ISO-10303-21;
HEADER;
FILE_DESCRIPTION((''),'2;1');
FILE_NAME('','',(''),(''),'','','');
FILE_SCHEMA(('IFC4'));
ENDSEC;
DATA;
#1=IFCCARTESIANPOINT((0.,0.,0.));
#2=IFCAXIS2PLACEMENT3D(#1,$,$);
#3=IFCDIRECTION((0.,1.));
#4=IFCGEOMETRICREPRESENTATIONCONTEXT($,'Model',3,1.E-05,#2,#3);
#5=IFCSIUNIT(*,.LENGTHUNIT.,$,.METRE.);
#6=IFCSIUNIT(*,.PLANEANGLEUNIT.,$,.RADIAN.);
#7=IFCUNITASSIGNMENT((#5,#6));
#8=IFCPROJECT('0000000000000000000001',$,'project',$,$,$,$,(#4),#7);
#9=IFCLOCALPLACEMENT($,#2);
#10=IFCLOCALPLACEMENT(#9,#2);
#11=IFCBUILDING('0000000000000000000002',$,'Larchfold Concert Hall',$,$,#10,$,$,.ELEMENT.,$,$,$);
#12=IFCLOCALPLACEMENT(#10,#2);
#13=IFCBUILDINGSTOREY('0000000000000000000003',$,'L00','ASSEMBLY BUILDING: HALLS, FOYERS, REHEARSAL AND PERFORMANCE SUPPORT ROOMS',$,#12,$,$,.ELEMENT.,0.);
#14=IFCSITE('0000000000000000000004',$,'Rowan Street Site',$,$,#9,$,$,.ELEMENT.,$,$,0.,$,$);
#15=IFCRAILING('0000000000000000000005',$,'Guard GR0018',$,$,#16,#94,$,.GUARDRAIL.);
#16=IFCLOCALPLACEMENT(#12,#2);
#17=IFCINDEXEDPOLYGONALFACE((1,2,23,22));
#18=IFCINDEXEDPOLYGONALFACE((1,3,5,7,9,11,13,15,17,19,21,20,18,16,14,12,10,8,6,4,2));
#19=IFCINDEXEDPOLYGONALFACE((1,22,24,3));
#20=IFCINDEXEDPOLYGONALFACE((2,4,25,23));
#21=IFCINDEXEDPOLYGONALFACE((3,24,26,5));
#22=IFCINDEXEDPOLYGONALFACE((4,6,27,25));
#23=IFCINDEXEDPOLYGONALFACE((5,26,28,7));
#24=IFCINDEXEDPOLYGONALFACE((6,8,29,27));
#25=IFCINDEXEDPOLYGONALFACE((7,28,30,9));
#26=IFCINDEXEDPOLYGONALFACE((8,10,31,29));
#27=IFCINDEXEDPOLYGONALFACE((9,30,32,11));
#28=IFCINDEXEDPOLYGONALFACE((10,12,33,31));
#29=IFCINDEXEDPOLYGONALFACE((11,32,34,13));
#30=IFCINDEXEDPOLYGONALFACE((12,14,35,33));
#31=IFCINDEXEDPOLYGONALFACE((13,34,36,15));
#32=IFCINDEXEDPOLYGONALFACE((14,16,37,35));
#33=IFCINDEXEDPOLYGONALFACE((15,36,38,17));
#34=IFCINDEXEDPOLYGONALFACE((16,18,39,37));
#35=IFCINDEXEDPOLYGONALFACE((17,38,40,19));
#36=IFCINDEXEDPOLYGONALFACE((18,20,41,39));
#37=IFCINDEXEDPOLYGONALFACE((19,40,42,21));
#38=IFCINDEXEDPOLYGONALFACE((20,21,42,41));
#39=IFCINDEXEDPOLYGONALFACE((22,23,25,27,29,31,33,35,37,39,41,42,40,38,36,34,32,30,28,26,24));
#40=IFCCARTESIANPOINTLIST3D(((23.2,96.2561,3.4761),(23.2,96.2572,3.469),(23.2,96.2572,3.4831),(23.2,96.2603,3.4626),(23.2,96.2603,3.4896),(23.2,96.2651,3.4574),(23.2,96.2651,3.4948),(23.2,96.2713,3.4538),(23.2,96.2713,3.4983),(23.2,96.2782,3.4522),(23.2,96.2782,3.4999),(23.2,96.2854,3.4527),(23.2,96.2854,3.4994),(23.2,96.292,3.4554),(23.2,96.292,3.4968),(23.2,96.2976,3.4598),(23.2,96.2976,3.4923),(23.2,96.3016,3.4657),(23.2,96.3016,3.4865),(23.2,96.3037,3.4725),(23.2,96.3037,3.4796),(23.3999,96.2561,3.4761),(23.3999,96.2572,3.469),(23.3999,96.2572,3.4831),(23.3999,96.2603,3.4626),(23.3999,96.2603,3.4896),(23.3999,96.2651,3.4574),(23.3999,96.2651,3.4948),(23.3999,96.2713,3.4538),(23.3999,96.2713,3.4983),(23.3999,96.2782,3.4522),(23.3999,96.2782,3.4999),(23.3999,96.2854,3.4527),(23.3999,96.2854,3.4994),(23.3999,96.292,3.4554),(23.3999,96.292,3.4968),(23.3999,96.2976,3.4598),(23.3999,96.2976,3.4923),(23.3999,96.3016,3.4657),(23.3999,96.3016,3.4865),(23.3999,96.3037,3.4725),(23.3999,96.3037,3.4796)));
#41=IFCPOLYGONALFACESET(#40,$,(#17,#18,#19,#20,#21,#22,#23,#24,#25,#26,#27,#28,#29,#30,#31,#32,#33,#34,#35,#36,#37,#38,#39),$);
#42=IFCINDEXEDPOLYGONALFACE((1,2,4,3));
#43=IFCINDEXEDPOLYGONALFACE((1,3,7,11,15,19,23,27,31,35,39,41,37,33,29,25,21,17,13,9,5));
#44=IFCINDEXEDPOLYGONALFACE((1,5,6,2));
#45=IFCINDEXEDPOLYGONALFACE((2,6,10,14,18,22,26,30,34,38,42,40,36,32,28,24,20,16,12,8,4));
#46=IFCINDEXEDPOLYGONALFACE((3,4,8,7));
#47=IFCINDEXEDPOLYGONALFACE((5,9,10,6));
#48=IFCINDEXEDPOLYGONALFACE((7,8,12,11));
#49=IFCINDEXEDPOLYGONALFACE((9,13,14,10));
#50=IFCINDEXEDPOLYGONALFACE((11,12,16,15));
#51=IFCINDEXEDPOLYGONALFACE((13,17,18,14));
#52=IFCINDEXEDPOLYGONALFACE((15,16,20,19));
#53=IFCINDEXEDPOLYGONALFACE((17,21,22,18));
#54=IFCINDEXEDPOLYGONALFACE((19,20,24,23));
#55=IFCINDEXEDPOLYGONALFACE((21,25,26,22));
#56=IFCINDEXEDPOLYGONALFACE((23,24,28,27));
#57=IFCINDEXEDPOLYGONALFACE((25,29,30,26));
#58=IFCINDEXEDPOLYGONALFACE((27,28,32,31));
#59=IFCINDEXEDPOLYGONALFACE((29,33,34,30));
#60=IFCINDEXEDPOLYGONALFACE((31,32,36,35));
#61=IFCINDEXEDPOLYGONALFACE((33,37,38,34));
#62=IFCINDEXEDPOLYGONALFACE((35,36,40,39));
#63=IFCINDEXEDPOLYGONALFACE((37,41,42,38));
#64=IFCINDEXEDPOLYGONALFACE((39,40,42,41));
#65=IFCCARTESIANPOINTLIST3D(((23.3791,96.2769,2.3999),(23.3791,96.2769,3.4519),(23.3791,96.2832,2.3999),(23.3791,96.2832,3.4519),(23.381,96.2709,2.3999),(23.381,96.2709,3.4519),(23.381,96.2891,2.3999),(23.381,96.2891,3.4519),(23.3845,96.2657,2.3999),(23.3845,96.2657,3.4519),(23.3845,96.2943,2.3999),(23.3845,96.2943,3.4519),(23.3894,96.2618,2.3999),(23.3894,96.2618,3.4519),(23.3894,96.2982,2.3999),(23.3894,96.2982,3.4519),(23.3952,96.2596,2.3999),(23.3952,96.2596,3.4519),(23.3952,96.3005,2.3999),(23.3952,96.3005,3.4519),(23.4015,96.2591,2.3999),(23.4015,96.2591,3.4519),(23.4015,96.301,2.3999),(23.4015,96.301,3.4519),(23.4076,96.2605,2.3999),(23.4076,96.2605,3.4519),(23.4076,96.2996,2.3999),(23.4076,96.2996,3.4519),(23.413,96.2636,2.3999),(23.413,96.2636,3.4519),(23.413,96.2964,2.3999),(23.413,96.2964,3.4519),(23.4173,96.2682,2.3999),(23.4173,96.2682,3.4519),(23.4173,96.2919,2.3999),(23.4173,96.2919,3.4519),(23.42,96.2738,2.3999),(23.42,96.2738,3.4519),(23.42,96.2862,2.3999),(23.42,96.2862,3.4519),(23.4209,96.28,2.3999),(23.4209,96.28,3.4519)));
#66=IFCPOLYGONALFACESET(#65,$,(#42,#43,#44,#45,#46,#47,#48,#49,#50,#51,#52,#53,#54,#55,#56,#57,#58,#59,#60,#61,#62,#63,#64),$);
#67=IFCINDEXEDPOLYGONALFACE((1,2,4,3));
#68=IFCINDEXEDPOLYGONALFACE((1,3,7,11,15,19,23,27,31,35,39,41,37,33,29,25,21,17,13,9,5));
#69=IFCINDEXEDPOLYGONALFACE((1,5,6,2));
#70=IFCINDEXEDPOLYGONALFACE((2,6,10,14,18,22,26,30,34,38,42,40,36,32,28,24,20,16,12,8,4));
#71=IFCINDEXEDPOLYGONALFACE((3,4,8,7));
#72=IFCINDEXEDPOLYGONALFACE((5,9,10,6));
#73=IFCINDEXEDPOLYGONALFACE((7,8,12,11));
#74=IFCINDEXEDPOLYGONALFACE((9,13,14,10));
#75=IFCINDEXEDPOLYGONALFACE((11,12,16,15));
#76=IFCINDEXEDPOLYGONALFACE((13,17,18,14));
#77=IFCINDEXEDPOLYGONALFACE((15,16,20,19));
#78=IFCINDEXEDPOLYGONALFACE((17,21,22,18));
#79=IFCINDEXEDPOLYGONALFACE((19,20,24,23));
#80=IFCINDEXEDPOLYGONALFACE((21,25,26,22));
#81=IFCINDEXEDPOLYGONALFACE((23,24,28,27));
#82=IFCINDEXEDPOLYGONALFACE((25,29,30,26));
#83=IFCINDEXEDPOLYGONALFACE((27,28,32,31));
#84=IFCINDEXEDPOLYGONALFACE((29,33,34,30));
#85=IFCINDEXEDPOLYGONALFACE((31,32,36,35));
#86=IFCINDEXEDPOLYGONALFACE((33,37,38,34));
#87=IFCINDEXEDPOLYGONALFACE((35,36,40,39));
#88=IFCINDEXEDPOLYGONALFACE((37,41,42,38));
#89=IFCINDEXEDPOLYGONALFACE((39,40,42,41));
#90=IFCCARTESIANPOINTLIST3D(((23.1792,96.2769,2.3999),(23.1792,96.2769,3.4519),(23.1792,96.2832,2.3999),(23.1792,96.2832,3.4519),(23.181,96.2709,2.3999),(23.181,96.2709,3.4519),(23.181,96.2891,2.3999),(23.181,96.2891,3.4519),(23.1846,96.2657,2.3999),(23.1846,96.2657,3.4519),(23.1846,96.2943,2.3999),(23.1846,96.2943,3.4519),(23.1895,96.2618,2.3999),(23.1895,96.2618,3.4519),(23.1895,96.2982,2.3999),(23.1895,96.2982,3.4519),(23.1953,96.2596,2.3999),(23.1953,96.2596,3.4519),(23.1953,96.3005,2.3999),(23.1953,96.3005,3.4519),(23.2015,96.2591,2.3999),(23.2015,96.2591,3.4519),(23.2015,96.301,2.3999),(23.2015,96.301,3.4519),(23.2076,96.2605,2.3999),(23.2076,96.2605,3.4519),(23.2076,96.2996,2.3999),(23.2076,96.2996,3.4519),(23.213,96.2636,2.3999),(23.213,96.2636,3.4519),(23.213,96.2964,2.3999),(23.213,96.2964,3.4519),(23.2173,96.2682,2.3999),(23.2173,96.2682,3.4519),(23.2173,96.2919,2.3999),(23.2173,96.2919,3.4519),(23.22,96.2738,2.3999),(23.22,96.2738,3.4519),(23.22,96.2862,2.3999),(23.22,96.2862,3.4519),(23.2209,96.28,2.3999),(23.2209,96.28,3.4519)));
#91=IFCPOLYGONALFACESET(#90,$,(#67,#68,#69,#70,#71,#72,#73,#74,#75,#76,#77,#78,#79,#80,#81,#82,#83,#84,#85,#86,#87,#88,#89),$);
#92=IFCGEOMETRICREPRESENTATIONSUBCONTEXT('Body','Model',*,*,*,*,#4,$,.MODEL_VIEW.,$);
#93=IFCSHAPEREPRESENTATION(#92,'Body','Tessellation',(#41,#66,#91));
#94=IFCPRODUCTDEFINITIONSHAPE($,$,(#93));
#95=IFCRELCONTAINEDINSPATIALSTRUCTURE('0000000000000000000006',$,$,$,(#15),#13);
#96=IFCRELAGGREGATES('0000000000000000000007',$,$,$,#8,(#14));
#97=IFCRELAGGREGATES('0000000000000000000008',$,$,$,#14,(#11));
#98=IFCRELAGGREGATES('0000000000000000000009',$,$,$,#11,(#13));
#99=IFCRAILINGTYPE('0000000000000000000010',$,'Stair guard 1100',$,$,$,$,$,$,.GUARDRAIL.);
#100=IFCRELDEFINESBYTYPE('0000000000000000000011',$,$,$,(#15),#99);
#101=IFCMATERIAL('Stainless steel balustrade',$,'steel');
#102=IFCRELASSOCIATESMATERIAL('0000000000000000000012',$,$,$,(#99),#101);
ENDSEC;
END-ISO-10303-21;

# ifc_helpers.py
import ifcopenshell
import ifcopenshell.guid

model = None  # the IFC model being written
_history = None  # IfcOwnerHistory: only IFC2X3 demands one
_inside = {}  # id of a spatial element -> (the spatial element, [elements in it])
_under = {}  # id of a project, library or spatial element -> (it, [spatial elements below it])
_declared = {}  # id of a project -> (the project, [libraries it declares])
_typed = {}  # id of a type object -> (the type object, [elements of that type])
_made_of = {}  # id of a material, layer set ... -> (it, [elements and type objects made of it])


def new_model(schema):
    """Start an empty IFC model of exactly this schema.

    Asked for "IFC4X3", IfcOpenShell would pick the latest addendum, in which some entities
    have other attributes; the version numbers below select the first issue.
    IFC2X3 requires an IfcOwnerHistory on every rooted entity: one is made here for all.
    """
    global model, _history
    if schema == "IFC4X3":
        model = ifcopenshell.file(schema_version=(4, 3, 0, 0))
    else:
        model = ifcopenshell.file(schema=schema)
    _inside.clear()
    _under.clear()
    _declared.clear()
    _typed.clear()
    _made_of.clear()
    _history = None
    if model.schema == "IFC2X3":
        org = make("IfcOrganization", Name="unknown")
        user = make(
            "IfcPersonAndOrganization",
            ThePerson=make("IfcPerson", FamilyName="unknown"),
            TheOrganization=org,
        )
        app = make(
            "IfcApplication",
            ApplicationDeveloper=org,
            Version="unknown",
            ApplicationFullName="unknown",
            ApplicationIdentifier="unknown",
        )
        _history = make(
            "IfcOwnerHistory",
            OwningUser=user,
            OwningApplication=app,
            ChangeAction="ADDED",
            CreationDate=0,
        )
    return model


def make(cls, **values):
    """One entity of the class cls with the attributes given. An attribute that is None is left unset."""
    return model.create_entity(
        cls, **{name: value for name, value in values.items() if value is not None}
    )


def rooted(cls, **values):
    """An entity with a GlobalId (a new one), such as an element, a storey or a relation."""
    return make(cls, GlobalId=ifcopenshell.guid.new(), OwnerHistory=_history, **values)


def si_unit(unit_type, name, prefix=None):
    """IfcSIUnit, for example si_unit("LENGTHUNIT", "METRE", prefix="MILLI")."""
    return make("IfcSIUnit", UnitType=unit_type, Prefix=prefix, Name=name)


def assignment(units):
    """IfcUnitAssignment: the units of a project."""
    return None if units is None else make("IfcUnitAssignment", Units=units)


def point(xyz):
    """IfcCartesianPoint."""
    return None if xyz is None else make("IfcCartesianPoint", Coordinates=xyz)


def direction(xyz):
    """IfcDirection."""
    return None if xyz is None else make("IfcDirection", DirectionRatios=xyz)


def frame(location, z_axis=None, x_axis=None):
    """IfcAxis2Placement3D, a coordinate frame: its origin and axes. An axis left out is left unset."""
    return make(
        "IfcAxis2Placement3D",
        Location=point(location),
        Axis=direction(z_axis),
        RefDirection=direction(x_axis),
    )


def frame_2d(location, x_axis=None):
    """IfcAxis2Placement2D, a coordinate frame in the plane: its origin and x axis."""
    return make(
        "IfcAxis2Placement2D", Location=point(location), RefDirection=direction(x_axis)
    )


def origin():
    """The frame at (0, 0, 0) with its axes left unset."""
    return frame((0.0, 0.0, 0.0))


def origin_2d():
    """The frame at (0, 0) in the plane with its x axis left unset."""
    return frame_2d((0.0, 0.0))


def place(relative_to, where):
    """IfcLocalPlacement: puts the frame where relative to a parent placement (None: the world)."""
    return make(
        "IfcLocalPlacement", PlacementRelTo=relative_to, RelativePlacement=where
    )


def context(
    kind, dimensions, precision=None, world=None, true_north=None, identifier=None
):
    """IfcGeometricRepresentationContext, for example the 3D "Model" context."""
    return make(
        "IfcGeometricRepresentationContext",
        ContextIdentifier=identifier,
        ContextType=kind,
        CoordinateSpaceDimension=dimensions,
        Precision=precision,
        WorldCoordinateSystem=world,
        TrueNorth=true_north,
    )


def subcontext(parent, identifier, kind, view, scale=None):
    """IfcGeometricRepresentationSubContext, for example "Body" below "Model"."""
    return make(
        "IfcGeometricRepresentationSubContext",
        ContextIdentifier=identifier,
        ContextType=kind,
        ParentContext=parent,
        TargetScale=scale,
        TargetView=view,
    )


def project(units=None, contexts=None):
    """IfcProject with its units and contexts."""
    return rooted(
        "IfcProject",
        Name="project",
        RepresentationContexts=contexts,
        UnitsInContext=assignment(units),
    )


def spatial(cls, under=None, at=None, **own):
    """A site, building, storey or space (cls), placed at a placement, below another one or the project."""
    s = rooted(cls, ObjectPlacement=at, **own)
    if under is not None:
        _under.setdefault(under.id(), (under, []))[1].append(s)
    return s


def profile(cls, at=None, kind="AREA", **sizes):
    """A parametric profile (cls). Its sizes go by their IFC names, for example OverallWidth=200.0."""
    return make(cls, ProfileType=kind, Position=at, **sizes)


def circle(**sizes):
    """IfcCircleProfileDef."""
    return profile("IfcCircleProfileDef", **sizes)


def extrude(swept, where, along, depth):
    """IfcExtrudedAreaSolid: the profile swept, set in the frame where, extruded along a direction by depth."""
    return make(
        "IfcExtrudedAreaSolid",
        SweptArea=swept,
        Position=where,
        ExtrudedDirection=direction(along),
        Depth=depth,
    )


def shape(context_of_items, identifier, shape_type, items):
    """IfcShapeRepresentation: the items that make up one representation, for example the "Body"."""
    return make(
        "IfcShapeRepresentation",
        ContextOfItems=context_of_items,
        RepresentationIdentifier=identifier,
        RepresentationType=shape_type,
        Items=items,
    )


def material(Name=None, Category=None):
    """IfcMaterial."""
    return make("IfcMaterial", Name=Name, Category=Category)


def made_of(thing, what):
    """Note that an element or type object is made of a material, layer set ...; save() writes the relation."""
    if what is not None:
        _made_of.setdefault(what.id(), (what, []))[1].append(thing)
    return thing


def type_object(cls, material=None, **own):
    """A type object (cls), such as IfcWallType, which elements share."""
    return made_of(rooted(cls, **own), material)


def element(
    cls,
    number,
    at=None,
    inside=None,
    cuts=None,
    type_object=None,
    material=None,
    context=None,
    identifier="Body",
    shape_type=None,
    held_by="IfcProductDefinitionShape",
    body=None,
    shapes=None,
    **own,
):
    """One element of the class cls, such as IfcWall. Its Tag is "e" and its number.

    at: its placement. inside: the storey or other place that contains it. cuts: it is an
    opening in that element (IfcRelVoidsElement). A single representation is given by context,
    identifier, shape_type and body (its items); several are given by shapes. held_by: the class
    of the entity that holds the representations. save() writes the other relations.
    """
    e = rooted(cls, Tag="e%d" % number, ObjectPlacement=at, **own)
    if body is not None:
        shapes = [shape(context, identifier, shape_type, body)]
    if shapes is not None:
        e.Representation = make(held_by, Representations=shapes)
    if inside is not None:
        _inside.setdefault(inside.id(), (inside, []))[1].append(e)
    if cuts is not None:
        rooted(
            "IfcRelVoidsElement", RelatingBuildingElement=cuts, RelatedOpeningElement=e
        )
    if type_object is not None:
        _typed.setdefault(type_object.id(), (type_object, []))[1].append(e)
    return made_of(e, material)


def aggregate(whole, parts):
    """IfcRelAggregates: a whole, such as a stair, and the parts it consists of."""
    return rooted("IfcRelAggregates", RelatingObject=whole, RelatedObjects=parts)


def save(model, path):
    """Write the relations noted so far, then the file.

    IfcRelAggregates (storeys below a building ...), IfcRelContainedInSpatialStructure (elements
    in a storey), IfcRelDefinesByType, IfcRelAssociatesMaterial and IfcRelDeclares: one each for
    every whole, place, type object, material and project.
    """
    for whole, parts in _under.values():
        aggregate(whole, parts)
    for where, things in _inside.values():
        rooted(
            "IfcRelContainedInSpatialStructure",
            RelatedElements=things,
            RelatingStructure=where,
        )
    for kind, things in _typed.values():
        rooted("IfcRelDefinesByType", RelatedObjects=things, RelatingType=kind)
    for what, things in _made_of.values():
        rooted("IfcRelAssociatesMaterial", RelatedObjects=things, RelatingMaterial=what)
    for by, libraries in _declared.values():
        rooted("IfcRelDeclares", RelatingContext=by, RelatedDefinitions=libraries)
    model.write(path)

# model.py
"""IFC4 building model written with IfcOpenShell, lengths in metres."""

from ifc_helpers import new_model, si_unit, direction, frame, origin, origin_2d, place, context, subcontext, project, spatial, circle, extrude, material, type_object, element, save


model = new_model("IFC4")

# Units and contexts
model_context = context("Model", 3, precision=1e-05, world=origin(), true_north=direction((0.0, 1.0)))
body_context = subcontext(model_context, "Body", "Model", "MODEL_VIEW")
ifc_project = project(units=[si_unit("LENGTHUNIT", "METRE"), si_unit("PLANEANGLEUNIT", "RADIAN")], contexts=[model_context])

# Site, building, storey
site_placement = place(None, origin())
site = spatial("IfcSite", under=ifc_project, at=site_placement, Name="Rowan Street Site", CompositionType="ELEMENT", RefElevation=0.0)
building_placement = place(site_placement, origin())
building = spatial("IfcBuilding", under=site, at=building_placement, Name="Larchfold Concert Hall", CompositionType="ELEMENT")
storey_placement = place(building_placement, origin())
storey = spatial("IfcBuildingStorey", under=building, at=storey_placement, Name="L00", Description="ASSEMBLY BUILDING: HALLS, FOYERS, REHEARSAL AND PERFORMANCE SUPPORT ROOMS", CompositionType="ELEMENT", Elevation=0.0)

# Railing
ifc_material_1 = material(Name="Stainless steel balustrade", Category="steel")
railing_type_1 = type_object("IfcRailingType", Name="Stair guard 1100", PredefinedType="GUARDRAIL", material=ifc_material_1)
railing_1_placement = place(storey_placement, frame((23.3999, 96.28, 2.3999)))
element("IfcRailing", 1, at=railing_1_placement, inside=storey, type_object=railing_type_1, Name="Guard GR0018", PredefinedType="GUARDRAIL", context=body_context, shape_type="SweptSolid", body=[
    extrude(circle(Radius=0.0239, at=origin_2d()), frame((0.0, 0.0, 1.0762), z_axis=(-1.0, 0.0, 0.0), x_axis=(0.0, -1.0, 0.0)), (0.0, 0.0, 1.0), 0.2),
    extrude(circle(Radius=0.021, at=origin_2d()), origin(), (0.0, 0.0, 1.0), 1.052),
    extrude(circle(Radius=0.021, at=origin_2d()), frame((-0.2, 0.0, 0.0)), (0.0, 0.0, 1.0), 1.052),
])

save(model, "model.ifc")
